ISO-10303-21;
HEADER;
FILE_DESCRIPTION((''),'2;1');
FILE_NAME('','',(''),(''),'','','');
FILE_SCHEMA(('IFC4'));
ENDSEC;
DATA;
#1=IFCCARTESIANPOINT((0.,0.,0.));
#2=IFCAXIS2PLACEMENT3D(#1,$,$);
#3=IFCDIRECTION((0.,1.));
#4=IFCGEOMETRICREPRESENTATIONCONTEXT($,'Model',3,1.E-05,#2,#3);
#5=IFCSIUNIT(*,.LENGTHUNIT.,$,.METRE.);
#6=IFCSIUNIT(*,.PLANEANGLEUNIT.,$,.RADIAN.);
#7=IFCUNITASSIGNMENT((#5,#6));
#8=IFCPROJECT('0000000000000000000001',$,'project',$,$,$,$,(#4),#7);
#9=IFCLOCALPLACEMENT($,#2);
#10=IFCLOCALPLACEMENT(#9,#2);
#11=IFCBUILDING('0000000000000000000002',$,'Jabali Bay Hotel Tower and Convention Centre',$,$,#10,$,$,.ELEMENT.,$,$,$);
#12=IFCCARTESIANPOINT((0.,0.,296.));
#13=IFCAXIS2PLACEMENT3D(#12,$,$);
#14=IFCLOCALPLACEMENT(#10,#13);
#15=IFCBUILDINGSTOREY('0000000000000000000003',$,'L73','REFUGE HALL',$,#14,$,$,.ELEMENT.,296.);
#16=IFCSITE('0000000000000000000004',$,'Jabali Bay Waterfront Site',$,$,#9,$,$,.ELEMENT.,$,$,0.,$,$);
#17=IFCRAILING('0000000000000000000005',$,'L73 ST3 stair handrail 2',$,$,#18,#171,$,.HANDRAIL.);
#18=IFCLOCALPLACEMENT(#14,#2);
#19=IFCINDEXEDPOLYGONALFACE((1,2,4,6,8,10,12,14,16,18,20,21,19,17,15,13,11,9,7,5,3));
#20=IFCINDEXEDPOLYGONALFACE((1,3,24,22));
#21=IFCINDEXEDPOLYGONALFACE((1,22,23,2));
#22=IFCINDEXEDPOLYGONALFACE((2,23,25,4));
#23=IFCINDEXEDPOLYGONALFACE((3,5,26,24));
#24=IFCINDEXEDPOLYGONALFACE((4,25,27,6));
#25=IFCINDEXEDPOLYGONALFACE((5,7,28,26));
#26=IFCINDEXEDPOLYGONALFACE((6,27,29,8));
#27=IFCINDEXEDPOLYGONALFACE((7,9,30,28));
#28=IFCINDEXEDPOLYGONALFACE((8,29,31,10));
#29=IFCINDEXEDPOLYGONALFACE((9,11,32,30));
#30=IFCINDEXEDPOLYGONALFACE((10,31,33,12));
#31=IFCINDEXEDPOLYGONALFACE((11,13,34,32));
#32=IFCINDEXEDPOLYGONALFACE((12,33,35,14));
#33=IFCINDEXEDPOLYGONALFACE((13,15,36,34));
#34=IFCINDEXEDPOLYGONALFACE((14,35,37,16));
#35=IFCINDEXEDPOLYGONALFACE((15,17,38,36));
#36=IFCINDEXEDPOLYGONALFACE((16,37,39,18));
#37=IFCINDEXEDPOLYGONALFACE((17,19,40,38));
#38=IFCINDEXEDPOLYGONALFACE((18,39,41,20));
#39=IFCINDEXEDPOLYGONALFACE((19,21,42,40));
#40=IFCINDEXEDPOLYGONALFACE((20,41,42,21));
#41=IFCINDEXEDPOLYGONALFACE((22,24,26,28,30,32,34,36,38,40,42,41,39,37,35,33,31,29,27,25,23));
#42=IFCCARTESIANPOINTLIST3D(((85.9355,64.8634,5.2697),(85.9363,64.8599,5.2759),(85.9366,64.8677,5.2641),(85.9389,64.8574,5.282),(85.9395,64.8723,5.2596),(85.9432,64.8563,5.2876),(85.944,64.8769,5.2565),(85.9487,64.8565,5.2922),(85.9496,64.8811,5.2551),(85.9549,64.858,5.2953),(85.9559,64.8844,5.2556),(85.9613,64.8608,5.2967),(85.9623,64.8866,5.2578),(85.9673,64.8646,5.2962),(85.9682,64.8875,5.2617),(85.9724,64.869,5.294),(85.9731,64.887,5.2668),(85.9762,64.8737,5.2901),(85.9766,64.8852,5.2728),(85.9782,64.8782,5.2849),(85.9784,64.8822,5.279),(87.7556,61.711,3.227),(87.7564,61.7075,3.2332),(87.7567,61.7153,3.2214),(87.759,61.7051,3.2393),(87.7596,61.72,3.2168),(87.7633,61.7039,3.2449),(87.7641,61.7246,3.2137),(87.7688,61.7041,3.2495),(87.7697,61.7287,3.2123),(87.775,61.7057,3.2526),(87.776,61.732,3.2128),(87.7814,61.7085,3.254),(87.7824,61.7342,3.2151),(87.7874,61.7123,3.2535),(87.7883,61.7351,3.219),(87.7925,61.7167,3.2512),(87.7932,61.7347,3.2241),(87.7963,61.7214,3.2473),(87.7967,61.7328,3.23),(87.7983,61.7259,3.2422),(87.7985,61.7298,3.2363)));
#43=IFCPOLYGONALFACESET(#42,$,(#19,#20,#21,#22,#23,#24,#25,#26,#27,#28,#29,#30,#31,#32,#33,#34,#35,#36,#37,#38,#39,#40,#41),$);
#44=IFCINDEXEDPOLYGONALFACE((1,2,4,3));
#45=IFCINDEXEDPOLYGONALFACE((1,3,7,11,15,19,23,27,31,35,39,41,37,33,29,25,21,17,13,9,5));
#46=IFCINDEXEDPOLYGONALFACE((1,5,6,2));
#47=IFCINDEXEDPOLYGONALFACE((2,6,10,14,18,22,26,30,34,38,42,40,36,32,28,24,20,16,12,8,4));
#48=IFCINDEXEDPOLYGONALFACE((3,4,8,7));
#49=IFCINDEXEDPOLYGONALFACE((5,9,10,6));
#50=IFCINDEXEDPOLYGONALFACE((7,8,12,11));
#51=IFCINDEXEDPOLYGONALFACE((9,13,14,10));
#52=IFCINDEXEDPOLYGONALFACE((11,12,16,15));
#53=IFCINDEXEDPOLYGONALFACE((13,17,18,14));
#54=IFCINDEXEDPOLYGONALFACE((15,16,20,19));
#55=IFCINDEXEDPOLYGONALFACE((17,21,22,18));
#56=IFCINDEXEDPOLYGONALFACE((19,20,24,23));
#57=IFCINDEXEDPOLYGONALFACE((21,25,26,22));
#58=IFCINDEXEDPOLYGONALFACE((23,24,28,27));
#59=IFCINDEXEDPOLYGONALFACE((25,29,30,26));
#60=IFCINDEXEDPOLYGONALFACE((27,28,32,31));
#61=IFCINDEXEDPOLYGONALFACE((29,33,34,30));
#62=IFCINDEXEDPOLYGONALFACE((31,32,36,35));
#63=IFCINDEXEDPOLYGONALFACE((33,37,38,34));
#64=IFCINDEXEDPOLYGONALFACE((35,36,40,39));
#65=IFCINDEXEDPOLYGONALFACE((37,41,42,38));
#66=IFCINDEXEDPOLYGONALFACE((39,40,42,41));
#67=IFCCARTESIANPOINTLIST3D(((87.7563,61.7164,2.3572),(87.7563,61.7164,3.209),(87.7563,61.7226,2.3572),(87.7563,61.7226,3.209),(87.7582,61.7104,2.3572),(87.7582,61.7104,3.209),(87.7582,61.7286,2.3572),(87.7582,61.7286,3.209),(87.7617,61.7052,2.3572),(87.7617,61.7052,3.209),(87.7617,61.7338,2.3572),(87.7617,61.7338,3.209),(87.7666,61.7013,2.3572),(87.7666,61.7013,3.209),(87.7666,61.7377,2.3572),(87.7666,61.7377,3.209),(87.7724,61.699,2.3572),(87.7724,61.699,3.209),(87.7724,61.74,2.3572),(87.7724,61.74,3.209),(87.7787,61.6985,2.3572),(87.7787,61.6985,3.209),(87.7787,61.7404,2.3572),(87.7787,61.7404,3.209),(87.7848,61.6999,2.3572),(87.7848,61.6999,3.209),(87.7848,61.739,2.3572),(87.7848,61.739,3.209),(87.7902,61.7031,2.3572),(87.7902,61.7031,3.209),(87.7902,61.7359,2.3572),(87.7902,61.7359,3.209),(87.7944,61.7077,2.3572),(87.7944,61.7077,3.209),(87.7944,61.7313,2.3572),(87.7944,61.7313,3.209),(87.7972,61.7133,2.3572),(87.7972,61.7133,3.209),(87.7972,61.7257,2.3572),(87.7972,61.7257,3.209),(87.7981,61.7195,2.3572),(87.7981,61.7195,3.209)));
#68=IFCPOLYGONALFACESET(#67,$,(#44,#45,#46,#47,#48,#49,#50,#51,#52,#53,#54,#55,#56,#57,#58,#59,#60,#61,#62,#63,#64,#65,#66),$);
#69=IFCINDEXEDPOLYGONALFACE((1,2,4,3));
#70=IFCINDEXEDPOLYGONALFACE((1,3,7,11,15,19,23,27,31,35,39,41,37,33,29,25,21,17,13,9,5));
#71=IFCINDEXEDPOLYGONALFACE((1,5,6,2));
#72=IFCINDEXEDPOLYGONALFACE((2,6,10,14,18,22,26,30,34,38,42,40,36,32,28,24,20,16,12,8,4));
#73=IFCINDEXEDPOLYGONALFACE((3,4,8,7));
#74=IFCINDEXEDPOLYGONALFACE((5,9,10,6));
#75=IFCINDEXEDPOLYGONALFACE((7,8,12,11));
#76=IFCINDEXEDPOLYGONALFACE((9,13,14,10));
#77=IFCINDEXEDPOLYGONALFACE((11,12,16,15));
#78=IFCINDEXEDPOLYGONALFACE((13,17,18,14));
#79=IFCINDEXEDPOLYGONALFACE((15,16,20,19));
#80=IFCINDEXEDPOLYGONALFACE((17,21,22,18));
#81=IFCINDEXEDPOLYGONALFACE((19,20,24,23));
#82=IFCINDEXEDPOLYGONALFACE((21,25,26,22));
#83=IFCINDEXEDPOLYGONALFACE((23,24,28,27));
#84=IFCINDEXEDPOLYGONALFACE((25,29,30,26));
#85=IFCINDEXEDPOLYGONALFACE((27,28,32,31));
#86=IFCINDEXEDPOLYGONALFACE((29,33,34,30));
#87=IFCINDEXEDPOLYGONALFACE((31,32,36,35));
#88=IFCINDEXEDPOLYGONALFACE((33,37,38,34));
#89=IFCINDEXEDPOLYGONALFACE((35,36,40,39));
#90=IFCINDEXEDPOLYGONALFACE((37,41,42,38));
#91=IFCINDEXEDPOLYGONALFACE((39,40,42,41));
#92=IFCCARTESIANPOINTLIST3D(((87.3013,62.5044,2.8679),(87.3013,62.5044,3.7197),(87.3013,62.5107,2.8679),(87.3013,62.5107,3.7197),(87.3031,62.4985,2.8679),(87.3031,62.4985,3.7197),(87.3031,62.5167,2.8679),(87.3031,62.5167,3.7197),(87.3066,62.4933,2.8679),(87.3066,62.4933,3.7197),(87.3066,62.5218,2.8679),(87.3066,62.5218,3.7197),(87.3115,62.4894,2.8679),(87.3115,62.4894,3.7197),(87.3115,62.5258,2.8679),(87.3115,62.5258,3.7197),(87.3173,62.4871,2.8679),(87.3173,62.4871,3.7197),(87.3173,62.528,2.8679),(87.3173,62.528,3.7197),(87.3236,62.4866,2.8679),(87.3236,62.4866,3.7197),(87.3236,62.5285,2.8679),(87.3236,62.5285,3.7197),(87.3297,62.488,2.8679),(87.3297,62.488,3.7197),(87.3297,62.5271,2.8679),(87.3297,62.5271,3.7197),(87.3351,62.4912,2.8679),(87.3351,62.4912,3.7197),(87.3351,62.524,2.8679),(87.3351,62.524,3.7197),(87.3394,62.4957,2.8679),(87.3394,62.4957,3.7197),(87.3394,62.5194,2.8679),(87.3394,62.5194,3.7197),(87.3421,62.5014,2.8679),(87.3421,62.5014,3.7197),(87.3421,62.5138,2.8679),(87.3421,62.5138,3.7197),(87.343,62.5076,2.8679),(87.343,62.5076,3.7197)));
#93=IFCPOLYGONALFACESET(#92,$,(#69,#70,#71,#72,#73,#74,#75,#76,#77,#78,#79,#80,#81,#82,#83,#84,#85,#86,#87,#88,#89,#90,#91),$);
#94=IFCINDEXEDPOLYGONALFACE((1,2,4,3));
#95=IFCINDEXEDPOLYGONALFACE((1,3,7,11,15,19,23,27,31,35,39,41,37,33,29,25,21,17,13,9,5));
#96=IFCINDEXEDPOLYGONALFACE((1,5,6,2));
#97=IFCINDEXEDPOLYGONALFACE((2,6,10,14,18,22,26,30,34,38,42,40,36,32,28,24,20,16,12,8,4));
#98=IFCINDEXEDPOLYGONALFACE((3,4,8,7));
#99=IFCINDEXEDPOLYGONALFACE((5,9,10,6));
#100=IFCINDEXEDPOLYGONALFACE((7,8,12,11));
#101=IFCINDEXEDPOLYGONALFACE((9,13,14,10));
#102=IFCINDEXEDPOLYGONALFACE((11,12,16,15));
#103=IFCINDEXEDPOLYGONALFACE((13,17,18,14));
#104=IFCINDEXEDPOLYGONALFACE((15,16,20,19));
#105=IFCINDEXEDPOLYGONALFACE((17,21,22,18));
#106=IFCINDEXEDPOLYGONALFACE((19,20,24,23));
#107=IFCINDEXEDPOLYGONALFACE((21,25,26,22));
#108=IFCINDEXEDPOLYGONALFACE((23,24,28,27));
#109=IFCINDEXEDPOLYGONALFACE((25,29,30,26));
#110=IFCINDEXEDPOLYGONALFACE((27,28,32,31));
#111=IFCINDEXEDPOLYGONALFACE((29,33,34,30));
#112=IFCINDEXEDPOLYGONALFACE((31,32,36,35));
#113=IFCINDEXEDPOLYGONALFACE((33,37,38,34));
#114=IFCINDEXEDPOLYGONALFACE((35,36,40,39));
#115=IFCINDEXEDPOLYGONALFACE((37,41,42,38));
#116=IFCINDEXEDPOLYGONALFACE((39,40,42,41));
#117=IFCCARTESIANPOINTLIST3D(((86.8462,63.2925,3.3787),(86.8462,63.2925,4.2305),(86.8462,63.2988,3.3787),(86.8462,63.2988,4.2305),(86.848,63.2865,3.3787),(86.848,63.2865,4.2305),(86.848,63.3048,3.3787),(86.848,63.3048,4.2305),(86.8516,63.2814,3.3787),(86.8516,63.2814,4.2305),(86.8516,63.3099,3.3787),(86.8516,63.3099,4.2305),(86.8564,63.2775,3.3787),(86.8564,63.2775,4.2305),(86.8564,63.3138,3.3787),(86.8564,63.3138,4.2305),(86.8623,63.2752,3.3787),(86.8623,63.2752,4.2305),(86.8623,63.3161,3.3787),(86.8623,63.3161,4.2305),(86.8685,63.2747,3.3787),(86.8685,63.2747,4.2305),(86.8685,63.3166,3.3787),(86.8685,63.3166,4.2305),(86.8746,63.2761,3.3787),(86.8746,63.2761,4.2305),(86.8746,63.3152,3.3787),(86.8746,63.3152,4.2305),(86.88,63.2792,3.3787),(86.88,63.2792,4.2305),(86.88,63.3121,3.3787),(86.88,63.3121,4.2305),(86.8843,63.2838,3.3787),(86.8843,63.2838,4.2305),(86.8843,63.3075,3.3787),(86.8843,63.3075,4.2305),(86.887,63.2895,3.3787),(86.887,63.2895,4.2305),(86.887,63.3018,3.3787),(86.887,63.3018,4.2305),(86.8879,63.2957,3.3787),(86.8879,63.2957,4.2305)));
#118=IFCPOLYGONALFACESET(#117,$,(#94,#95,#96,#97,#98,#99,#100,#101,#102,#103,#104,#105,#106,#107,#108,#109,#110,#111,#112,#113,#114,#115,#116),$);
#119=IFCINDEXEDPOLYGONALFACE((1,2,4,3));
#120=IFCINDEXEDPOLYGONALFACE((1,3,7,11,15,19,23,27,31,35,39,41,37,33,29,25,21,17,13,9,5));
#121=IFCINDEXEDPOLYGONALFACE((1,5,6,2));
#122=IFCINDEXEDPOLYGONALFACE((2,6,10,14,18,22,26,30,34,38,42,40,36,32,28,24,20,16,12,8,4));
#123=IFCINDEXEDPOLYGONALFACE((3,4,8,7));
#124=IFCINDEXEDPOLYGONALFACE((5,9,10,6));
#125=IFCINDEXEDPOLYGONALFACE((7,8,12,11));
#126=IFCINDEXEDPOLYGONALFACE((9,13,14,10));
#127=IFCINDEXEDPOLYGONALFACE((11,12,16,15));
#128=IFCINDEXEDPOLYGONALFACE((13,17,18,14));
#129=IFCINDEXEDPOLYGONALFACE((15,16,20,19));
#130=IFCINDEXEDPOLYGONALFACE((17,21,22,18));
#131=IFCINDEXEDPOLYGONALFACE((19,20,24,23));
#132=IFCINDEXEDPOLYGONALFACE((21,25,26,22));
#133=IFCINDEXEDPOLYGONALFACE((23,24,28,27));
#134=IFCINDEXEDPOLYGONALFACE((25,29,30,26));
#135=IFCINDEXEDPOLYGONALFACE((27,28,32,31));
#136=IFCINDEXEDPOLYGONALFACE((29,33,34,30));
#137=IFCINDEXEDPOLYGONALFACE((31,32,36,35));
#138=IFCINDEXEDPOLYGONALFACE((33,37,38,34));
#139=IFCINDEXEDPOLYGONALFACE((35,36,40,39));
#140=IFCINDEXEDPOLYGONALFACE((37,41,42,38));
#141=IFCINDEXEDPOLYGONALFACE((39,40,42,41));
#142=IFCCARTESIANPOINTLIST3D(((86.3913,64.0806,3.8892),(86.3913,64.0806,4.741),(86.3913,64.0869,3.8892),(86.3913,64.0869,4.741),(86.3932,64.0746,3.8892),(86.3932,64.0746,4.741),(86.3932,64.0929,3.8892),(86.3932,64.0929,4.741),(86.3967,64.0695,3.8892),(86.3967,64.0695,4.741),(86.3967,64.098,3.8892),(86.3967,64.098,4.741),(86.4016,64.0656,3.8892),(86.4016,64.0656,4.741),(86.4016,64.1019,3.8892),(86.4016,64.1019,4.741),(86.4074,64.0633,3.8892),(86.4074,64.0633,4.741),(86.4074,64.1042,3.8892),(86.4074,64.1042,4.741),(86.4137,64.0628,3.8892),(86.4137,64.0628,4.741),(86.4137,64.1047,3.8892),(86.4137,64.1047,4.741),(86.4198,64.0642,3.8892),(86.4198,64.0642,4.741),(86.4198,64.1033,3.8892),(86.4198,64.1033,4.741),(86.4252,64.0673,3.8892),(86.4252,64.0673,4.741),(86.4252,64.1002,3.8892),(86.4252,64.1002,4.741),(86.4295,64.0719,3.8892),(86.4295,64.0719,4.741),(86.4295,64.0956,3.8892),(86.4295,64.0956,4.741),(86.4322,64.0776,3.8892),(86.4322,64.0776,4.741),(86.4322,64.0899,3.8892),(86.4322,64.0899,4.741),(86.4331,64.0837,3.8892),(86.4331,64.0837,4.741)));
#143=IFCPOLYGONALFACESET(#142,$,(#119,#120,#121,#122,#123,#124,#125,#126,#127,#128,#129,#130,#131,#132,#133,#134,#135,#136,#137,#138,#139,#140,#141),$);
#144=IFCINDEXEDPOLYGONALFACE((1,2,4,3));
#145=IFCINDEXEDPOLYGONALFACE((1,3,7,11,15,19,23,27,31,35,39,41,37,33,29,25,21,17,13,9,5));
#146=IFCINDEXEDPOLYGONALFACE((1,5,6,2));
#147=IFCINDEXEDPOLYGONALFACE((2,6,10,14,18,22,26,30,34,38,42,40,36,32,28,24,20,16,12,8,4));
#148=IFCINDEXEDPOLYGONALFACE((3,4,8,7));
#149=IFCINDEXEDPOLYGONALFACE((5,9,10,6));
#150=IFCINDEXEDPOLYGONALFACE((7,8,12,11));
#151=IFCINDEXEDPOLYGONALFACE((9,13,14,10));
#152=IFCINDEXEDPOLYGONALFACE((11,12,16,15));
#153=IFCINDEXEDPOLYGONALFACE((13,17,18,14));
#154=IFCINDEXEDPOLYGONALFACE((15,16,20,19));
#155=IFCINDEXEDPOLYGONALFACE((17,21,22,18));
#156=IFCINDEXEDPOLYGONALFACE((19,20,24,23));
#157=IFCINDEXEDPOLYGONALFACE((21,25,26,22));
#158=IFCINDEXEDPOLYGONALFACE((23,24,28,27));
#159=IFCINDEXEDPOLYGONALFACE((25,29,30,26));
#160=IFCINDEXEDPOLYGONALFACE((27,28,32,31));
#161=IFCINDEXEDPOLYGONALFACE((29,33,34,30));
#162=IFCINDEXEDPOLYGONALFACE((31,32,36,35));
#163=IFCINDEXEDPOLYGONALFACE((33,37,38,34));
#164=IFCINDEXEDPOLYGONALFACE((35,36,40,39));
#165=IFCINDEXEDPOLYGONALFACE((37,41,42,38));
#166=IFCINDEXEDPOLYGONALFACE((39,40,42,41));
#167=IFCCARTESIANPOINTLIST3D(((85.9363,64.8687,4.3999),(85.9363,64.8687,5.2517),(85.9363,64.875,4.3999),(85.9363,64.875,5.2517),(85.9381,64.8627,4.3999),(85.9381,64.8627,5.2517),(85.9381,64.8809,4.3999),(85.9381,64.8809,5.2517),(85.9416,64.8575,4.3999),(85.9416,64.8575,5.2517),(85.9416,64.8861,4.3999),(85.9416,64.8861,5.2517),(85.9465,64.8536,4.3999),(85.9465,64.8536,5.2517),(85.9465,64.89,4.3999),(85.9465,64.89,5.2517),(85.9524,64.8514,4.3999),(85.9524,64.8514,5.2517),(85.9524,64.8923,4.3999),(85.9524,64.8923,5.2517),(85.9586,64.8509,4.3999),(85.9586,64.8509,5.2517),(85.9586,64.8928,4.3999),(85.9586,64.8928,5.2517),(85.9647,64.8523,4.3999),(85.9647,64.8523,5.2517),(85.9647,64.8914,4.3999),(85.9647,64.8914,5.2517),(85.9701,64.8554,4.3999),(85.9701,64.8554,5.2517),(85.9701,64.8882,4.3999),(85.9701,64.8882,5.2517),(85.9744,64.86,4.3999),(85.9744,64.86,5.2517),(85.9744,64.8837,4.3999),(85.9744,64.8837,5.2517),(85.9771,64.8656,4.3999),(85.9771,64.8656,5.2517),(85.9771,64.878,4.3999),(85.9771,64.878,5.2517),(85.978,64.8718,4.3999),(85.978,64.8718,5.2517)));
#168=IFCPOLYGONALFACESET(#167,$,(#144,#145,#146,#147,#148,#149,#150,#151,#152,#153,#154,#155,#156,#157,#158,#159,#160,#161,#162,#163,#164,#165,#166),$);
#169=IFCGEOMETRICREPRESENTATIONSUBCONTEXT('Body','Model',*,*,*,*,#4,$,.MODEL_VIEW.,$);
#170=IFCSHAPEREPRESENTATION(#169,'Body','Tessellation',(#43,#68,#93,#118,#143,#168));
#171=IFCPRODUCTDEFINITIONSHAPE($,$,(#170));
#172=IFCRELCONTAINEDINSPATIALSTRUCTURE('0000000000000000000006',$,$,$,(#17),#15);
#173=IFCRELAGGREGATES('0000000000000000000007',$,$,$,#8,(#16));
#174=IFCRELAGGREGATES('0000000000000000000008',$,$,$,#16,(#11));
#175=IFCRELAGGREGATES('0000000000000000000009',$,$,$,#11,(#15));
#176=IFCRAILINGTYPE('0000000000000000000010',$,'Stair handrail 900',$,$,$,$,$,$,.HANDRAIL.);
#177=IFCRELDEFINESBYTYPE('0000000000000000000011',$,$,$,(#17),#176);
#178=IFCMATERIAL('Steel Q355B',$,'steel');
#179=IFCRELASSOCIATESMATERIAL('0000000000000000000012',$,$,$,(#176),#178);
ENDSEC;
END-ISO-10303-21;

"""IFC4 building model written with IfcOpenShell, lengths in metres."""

from ifc_helpers import new_model, si_unit, direction, frame, origin, origin_2d, place, context, subcontext, project, spatial, circle, extrude, material, type_object, element, save


model = new_model("IFC4")

# Units and contexts
model_context = context("Model", 3, precision=1e-05, world=origin(), true_north=direction((0.0, 1.0)))
body_context = subcontext(model_context, "Body", "Model", "MODEL_VIEW")
ifc_project = project(units=[si_unit("LENGTHUNIT", "METRE"), si_unit("PLANEANGLEUNIT", "RADIAN")], contexts=[model_context])

# Site, building, storey
site_placement = place(None, origin())
site = spatial("IfcSite", under=ifc_project, at=site_placement, Name="Jabali Bay Waterfront Site", CompositionType="ELEMENT", RefElevation=0.0)
building_placement = place(site_placement, origin())
building = spatial("IfcBuilding", under=site, at=building_placement, Name="Jabali Bay Hotel Tower and Convention Centre", CompositionType="ELEMENT")
storey_placement = place(building_placement, frame((0.0, 0.0, 296.0)))
storey = spatial("IfcBuildingStorey", under=building, at=storey_placement, Name="L73", Description="REFUGE HALL", CompositionType="ELEMENT", Elevation=296.0)

# Railing
ifc_material_1 = material(Name="Steel Q355B", Category="steel")
railing_type_1 = type_object("IfcRailingType", Name="Stair handrail 900", PredefinedType="HANDRAIL", material=ifc_material_1)
railing_1_placement = place(storey_placement, frame((87.7771, 61.7195, 2.3572)))
element("IfcRailing", 1, at=railing_1_placement, inside=storey, type_object=railing_type_1, Name="L73 ST3 stair handrail 2", PredefinedType="HANDRAIL", context=body_context, shape_type="SweptSolid", body=[
    extrude(circle(Radius=0.0239, at=origin_2d()), frame((0.0, 0.0, 0.876), z_axis=(-0.436044, 0.755225, 0.489387), x_axis=(-0.866018, -0.500013, 0.0)), (0.0, 0.0, 1.0), 4.1741),
    extrude(circle(Radius=0.021, at=origin_2d()), origin(), (0.0, 0.0, 1.0), 0.8518),
    extrude(circle(Radius=0.021, at=origin_2d()), frame((-0.4551, 0.7881, 0.5107)), (0.0, 0.0, 1.0), 0.8518),
    extrude(circle(Radius=0.021, at=origin_2d()), frame((-0.9102, 1.5762, 1.0215)), (0.0, 0.0, 1.0), 0.8518),
    extrude(circle(Radius=0.021, at=origin_2d()), frame((-1.365, 2.3643, 1.532)), (0.0, 0.0, 1.0), 0.8518),
    extrude(circle(Radius=0.021, at=origin_2d()), frame((-1.8201, 3.1523, 2.0427)), (0.0, 0.0, 1.0), 0.8518),
])

save(model, "model.ifc")
